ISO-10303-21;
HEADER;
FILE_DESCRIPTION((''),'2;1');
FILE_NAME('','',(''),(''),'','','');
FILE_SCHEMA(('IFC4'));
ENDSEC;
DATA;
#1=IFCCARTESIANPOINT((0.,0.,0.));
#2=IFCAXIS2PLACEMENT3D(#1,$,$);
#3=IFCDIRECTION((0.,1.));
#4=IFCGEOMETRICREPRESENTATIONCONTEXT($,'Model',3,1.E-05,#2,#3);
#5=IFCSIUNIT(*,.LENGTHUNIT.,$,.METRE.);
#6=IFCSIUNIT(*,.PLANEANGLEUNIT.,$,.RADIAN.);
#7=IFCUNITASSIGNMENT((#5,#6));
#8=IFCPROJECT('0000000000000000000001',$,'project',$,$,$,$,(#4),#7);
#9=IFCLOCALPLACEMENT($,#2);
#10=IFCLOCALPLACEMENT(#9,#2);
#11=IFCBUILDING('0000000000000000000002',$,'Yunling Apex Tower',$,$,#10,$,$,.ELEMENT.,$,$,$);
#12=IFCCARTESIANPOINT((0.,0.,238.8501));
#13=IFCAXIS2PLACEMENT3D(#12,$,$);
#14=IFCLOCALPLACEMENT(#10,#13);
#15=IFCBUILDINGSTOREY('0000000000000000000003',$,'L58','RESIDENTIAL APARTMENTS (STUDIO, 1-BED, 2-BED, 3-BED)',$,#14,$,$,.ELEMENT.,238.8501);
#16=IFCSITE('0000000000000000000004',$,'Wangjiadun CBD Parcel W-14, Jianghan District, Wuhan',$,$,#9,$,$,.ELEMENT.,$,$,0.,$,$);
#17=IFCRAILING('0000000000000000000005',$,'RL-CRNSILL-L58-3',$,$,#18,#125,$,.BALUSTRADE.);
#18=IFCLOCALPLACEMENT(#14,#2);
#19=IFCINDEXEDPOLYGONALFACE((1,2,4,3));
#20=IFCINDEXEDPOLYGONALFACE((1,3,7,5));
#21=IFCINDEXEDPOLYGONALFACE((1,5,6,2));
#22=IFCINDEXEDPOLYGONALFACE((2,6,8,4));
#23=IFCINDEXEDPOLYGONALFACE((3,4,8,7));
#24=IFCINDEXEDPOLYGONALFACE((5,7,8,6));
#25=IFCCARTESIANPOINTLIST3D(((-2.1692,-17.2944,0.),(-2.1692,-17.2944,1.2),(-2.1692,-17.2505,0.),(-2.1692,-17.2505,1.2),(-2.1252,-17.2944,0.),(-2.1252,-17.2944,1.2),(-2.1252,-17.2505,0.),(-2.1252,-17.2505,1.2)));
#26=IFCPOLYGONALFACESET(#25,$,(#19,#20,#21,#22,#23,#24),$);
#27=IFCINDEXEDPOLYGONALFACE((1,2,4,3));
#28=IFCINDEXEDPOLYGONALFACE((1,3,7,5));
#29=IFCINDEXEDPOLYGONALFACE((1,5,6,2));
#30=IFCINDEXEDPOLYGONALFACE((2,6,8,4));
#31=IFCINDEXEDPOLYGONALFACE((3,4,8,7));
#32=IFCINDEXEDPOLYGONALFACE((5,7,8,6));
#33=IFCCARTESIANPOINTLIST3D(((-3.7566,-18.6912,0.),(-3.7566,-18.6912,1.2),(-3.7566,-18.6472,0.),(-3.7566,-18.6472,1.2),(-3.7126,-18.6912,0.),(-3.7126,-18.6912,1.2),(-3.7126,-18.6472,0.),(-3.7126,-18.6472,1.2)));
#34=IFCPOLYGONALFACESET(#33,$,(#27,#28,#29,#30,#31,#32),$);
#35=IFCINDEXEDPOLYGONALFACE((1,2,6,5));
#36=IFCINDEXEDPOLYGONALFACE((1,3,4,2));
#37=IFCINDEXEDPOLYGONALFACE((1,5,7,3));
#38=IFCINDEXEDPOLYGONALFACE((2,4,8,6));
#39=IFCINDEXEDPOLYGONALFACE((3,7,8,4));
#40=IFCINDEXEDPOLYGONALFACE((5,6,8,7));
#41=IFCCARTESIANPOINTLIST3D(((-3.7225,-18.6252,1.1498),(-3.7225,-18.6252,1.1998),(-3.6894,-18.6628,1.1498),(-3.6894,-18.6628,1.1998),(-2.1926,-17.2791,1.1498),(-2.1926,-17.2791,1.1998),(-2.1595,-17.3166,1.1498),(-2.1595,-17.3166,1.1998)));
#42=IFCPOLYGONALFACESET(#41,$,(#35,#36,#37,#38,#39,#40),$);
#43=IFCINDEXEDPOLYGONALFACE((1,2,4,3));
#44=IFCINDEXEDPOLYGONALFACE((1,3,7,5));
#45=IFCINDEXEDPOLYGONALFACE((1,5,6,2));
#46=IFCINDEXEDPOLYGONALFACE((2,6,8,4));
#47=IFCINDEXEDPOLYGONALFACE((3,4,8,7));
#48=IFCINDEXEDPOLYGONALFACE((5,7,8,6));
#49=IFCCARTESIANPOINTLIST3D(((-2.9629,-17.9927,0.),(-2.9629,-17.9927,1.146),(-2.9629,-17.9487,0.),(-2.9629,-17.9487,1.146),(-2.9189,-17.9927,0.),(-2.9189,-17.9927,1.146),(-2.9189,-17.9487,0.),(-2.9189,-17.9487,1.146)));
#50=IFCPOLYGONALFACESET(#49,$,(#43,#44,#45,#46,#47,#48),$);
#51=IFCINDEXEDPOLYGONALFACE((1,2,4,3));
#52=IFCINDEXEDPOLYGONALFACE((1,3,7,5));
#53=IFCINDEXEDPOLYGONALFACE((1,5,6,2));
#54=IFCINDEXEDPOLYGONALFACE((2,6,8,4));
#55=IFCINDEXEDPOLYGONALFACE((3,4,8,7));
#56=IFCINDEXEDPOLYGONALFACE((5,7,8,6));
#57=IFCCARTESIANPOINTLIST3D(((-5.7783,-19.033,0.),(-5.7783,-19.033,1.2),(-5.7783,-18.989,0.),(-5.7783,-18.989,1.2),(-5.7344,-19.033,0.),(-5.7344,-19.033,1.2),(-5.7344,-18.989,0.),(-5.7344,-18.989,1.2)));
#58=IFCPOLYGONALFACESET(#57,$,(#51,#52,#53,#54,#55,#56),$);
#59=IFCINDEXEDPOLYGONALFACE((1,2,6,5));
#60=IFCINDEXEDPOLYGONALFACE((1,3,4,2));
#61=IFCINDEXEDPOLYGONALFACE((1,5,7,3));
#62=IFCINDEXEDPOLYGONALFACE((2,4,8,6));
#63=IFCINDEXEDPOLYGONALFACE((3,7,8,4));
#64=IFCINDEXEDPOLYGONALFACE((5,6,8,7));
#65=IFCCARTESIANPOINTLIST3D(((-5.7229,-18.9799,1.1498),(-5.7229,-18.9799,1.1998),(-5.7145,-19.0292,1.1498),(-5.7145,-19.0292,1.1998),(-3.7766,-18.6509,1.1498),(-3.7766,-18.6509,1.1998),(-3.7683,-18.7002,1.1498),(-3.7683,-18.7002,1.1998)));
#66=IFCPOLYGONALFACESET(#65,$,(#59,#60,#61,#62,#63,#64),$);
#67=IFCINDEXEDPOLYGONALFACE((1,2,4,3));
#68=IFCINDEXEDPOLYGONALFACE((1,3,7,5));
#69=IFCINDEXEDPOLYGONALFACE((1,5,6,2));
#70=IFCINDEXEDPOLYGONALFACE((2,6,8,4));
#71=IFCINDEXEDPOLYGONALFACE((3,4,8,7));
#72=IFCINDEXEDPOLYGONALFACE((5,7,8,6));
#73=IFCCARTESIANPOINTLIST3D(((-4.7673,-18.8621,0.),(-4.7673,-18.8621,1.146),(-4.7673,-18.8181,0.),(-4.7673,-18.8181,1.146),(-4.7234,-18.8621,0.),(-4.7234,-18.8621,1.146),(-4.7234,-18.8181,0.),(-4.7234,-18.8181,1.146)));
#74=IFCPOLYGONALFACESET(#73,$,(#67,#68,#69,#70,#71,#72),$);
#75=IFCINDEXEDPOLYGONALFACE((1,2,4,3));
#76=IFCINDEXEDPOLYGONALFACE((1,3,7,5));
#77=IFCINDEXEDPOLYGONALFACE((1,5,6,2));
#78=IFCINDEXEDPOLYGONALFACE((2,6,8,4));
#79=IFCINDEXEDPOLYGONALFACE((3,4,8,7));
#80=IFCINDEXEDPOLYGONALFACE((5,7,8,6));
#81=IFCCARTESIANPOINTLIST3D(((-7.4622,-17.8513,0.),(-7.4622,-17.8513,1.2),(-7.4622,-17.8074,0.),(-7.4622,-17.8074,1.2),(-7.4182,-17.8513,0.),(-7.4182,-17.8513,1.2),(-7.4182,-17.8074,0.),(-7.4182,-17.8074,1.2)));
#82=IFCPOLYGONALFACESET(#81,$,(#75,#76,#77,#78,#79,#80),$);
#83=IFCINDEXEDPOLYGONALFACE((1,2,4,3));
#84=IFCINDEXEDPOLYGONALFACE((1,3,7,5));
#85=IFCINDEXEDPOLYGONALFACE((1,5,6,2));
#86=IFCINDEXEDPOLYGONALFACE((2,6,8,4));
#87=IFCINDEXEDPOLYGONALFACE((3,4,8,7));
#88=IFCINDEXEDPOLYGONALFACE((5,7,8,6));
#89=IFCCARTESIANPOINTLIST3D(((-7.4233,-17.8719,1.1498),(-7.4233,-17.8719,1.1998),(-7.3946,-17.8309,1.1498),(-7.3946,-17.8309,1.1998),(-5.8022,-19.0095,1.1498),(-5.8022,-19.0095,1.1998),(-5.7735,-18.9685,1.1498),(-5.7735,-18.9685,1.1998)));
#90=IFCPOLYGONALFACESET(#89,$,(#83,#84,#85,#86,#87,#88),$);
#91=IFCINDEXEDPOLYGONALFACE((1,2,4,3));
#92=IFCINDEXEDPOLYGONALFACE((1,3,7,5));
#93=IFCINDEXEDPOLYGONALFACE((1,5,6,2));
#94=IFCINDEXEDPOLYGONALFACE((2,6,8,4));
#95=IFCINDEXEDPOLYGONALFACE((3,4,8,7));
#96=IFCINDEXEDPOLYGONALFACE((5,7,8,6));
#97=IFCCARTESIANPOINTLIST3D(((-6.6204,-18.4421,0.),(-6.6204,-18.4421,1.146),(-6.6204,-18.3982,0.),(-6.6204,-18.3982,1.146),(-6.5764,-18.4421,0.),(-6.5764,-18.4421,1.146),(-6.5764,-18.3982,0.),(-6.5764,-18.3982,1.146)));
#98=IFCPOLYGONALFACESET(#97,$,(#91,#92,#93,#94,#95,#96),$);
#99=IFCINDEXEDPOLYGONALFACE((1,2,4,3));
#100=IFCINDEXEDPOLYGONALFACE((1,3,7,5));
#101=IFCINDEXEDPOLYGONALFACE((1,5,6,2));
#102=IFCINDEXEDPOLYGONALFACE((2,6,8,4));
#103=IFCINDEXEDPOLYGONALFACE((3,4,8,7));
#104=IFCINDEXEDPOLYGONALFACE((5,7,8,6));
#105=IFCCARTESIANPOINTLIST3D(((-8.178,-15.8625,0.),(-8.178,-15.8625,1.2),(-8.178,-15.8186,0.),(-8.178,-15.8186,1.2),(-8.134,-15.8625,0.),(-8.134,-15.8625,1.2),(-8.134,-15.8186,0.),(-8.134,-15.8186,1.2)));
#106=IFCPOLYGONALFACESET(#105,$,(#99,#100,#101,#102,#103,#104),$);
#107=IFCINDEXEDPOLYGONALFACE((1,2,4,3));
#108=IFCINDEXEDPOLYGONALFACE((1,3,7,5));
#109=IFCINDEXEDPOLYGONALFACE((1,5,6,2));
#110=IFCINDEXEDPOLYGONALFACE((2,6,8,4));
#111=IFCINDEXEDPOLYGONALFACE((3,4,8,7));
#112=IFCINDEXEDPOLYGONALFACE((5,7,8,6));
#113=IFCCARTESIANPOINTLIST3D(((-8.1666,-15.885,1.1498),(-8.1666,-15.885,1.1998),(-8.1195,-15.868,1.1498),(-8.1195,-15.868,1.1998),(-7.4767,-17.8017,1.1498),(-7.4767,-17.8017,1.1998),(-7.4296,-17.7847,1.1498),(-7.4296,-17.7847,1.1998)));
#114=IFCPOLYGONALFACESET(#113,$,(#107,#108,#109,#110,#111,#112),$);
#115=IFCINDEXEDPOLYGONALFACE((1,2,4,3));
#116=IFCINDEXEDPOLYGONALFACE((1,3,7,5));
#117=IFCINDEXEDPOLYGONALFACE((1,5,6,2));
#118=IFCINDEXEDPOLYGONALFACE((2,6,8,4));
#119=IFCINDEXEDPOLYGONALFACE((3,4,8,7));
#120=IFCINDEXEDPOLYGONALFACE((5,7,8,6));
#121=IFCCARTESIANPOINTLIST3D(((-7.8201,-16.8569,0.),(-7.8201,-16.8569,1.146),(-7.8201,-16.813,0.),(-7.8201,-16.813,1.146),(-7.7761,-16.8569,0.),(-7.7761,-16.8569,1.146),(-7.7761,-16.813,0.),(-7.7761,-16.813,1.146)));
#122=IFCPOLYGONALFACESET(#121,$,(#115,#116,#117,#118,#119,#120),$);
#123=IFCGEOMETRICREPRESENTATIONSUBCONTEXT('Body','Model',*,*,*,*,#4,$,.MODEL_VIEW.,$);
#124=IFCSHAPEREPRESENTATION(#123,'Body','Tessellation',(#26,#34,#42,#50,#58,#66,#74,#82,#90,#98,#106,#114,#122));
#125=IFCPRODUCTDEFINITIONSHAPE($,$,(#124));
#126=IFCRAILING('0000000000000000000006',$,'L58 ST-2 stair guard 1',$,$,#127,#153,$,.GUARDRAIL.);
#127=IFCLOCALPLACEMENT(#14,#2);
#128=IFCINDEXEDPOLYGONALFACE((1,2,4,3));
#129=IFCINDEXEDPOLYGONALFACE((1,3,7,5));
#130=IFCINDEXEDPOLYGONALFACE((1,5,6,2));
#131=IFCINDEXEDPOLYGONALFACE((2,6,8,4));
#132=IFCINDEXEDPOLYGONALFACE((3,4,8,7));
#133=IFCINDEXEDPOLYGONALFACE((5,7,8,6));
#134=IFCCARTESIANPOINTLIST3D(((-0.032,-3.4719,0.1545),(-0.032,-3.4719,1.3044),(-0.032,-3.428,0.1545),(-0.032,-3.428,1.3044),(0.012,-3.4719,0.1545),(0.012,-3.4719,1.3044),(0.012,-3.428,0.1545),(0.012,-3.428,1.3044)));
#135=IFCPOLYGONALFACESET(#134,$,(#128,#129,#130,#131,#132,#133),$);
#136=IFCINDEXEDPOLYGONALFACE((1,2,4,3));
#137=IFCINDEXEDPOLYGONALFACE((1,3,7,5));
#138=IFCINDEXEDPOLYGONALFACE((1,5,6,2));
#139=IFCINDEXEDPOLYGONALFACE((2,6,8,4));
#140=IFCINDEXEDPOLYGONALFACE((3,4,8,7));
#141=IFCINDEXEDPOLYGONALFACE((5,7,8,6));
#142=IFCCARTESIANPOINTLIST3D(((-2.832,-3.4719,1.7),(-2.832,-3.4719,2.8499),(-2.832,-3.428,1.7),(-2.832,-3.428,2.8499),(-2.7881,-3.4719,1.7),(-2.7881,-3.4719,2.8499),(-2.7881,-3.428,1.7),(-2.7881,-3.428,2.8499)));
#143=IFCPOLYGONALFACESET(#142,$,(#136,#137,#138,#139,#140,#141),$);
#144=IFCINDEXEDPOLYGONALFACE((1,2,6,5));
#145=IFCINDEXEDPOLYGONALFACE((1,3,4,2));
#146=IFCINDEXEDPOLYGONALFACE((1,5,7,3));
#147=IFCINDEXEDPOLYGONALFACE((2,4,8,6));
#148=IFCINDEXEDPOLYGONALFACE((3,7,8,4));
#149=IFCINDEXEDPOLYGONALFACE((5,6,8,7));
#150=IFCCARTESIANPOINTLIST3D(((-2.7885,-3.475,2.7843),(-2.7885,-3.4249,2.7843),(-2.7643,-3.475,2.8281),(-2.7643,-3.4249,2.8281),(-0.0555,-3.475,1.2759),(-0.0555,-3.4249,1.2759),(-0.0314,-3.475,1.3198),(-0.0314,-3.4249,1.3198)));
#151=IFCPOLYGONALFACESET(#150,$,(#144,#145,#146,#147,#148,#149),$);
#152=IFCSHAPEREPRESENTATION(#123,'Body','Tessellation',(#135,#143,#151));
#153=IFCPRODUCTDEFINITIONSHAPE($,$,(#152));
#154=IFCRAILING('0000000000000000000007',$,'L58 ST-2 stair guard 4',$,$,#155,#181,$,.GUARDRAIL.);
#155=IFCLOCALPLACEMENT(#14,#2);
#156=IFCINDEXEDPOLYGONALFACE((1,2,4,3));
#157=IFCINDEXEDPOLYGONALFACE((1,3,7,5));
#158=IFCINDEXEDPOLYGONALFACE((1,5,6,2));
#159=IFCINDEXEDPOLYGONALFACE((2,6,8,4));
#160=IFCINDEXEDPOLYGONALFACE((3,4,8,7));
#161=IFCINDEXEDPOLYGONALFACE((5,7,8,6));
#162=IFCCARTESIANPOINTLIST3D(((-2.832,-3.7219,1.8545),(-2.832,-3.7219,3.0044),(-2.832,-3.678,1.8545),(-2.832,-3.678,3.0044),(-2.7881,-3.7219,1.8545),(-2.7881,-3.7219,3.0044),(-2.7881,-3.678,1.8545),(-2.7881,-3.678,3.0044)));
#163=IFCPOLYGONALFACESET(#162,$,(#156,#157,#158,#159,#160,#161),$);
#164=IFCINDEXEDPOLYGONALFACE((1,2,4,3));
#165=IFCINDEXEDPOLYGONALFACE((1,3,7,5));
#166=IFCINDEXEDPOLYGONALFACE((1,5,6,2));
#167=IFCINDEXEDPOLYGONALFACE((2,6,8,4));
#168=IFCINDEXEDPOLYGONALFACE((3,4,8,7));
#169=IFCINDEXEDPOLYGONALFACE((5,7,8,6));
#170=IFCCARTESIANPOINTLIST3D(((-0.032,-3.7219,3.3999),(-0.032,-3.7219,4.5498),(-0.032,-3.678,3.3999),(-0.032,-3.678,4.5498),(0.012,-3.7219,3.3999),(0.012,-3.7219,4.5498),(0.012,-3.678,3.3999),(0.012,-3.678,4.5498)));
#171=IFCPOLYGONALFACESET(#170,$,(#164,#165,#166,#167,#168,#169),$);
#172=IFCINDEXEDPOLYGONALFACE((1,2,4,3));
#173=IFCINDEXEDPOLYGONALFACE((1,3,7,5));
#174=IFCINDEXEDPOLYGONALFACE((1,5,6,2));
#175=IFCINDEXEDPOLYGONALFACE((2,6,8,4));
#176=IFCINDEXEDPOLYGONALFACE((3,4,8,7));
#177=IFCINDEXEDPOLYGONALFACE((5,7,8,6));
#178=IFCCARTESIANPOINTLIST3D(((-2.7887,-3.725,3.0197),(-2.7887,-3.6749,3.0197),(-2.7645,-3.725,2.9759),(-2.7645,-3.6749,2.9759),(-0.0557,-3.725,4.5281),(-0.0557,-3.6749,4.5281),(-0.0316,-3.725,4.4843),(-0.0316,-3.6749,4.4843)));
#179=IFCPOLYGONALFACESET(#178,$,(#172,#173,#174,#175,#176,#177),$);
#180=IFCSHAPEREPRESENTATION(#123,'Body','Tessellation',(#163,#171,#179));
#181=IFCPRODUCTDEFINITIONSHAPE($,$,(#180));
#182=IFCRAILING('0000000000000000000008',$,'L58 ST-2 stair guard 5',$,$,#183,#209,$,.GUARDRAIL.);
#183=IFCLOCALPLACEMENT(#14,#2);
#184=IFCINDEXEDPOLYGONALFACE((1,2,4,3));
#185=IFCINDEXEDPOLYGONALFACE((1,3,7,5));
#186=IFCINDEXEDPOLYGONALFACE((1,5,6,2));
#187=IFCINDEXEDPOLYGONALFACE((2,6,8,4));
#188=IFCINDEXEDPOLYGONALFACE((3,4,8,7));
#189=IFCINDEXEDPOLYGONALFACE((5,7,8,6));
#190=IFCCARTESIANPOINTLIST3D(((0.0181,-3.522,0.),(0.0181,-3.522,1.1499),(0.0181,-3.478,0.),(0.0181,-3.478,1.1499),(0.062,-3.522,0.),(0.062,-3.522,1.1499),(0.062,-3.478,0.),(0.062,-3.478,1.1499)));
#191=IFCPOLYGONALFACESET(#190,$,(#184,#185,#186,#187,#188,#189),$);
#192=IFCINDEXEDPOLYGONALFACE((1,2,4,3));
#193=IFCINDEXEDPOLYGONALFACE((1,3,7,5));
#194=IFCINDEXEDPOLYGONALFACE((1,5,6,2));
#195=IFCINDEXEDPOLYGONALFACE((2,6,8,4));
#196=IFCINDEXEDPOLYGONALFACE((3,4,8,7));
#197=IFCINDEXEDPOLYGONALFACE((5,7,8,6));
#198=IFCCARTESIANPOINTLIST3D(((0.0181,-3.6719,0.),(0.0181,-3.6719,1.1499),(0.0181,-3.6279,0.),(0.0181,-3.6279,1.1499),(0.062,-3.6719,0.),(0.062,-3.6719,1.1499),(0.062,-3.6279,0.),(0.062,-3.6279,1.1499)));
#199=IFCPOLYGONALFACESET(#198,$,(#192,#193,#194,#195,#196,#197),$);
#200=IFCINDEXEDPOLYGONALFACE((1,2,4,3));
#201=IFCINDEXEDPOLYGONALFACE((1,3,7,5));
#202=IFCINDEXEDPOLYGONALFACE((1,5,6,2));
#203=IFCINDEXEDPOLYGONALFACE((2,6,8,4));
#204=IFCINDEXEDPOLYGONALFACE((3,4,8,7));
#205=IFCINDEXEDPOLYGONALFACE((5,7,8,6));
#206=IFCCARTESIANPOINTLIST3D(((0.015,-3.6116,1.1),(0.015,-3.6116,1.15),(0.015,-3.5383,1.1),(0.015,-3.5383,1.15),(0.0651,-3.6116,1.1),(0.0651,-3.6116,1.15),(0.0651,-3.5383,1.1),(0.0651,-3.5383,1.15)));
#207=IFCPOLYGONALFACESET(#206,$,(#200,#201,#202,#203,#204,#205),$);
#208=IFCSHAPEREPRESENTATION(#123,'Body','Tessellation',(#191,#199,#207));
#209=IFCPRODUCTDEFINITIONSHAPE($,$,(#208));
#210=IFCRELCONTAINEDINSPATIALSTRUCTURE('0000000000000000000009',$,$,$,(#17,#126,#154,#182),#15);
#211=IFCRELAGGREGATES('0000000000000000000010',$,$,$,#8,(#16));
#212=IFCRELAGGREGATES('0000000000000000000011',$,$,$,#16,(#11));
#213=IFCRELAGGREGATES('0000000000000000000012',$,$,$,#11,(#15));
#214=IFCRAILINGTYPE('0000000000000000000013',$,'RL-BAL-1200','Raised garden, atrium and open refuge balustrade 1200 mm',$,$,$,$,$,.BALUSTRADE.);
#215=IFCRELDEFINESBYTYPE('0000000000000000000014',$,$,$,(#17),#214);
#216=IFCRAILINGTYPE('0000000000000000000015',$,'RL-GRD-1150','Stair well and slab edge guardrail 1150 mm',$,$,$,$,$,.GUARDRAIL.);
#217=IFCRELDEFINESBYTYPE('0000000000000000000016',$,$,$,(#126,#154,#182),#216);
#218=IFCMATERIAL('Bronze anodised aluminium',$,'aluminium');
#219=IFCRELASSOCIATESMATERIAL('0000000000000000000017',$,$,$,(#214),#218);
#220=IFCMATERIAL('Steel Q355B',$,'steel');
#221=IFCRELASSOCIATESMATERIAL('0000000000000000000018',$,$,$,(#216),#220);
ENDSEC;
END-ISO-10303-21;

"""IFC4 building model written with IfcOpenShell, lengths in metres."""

from ifc_helpers import new_model, si_unit, direction, frame, origin, origin_2d, place, context, subcontext, project, spatial, rectangle, extrude, material, type_object, element, save


model = new_model("IFC4")

# Units and contexts
model_context = context("Model", 3, precision=1e-05, world=origin(), true_north=direction((0.0, 1.0)))
body_context = subcontext(model_context, "Body", "Model", "MODEL_VIEW")
ifc_project = project(units=[si_unit("LENGTHUNIT", "METRE"), si_unit("PLANEANGLEUNIT", "RADIAN")], contexts=[model_context])

# Site, building, storey
site_placement = place(None, origin())
site = spatial("IfcSite", under=ifc_project, at=site_placement, Name="Wangjiadun CBD Parcel W-14, Jianghan District, Wuhan", CompositionType="ELEMENT", RefElevation=0.0)
building_placement = place(site_placement, origin())
building = spatial("IfcBuilding", under=site, at=building_placement, Name="Yunling Apex Tower", CompositionType="ELEMENT")
storey_placement = place(building_placement, frame((0.0, 0.0, 238.8501)))
storey = spatial("IfcBuildingStorey", under=building, at=storey_placement, Name="L58", Description="RESIDENTIAL APARTMENTS (STUDIO, 1-BED, 2-BED, 3-BED)", CompositionType="ELEMENT", Elevation=238.8501)

# Shared definitions
ifc_material_1 = material(Name="Steel Q355B", Category="steel")

# Shared definitions
ifc_material_2 = material(Name="Bronze anodised aluminium", Category="aluminium")

# Railings
railing_type_1 = type_object("IfcRailingType", Name="RL-BAL-1200", Description="Raised garden, atrium and open refuge balustrade 1200 mm", PredefinedType="BALUSTRADE", material=ifc_material_2)
railing_1_placement = place(storey_placement, frame((-2.1472, -17.2725, 0.0)))
element("IfcRailing", 1, at=railing_1_placement, inside=storey, type_object=railing_type_1, Name="RL-CRNSILL-L58-3", PredefinedType="BALUSTRADE", context=body_context, shape_type="SweptSolid", body=[
    extrude(rectangle(XDim=0.0439, YDim=0.0439, at=origin_2d()), origin(), (0.0, 0.0, 1.0), 1.2),
    extrude(rectangle(XDim=0.0439, YDim=0.0439, at=origin_2d()), frame((-1.5874, -1.3967, 0.0)), (0.0, 0.0, 1.0), 1.2),
    extrude(rectangle(XDim=0.05, YDim=0.05, at=origin_2d()), frame((-0.0288, -0.0254, 1.1748), z_axis=(-0.750757, -0.660578, 0.0), x_axis=(0.660578, -0.750757, 0.0)), (0.0, 0.0, 1.0), 2.0378),
    extrude(rectangle(XDim=0.0439, YDim=0.0439, at=origin_2d()), frame((-0.7937, -0.6982, 0.0)), (0.0, 0.0, 1.0), 1.146),
    extrude(rectangle(XDim=0.0439, YDim=0.0439, at=origin_2d()), frame((-3.6091, -1.7385, 0.0)), (0.0, 0.0, 1.0), 1.2),
    extrude(rectangle(XDim=0.05, YDim=0.05, at=origin_2d()), frame((-1.6252, -1.4031, 1.1748), z_axis=(-0.986008, -0.166696, 0.0), x_axis=(0.166696, -0.986008, 0.0)), (0.0, 0.0, 1.0), 1.9739),
    extrude(rectangle(XDim=0.0439, YDim=0.0439, at=origin_2d()), frame((-2.5981, -1.5676, 0.0)), (0.0, 0.0, 1.0), 1.146),
    extrude(rectangle(XDim=0.0439, YDim=0.0439, at=origin_2d()), frame((-5.293, -0.5569, 0.0)), (0.0, 0.0, 1.0), 1.2),
    extrude(rectangle(XDim=0.05, YDim=0.05, at=origin_2d()), frame((-3.6406, -1.7166, 1.1748), z_axis=(-0.818557, 0.574426, 0.0), x_axis=(-0.574426, -0.818557, 0.0)), (0.0, 0.0, 1.0), 1.9805),
    extrude(rectangle(XDim=0.0439, YDim=0.0439, at=origin_2d()), frame((-4.4512, -1.1477, 0.0)), (0.0, 0.0, 1.0), 1.146),
    extrude(rectangle(XDim=0.0439, YDim=0.0439, at=origin_2d()), frame((-6.0088, 1.4319, 0.0)), (0.0, 0.0, 1.0), 1.2),
    extrude(rectangle(XDim=0.05, YDim=0.05, at=origin_2d()), frame((-5.3059, -0.5208, 1.1748), z_axis=(-0.338662, 0.940908, 0.0), x_axis=(-0.940908, -0.338662, 0.0)), (0.0, 0.0, 1.0), 2.0371),
    extrude(rectangle(XDim=0.0439, YDim=0.0439, at=origin_2d()), frame((-5.6509, 0.4375, 0.0)), (0.0, 0.0, 1.0), 1.146),
])
railing_type_2 = type_object("IfcRailingType", Name="RL-GRD-1150", Description="Stair well and slab edge guardrail 1150 mm", PredefinedType="GUARDRAIL", material=ifc_material_1)
railing_2_placement = place(storey_placement, frame((-0.01, -3.45, 0.1545)))
element("IfcRailing", 2, at=railing_2_placement, inside=storey, type_object=railing_type_2, Name="L58 ST-2 stair guard 1", PredefinedType="GUARDRAIL", context=body_context, shape_type="SweptSolid", body=[
    extrude(rectangle(XDim=0.0439, YDim=0.0439, at=origin_2d()), origin(), (0.0, 0.0, 1.0), 1.1499),
    extrude(rectangle(XDim=0.0439, YDim=0.0439, at=origin_2d()), frame((-2.8, 0.0, 1.5454)), (0.0, 0.0, 1.0), 1.1499),
    extrude(rectangle(XDim=0.05, YDim=0.05, at=origin_2d()), frame((-0.0334, 0.0, 1.1433), z_axis=(-0.875504, 0.0, 0.483211), x_axis=(0.0, -1.0, 0.0)), (0.0, 0.0, 1.0), 3.1216),
])
railing_3_placement = place(storey_placement, frame((-2.8101, -3.7, 1.8545)))
element("IfcRailing", 3, at=railing_3_placement, inside=storey, type_object=railing_type_2, Name="L58 ST-2 stair guard 4", PredefinedType="GUARDRAIL", context=body_context, shape_type="SweptSolid", body=[
    extrude(rectangle(XDim=0.0439, YDim=0.0439, at=origin_2d()), origin(), (0.0, 0.0, 1.0), 1.1499),
    extrude(rectangle(XDim=0.0439, YDim=0.0439, at=origin_2d()), frame((2.8, 0.0, 1.5454)), (0.0, 0.0, 1.0), 1.1499),
    extrude(rectangle(XDim=0.05, YDim=0.05, at=origin_2d()), frame((0.0334, 0.0, 1.1433), z_axis=(0.875504, 0.0, 0.483211), x_axis=(0.0, 1.0, 0.0)), (0.0, 0.0, 1.0), 3.1216),
])
railing_4_placement = place(storey_placement, frame((0.04, -3.5, 0.0)))
element("IfcRailing", 4, at=railing_4_placement, inside=storey, type_object=railing_type_2, Name="L58 ST-2 stair guard 5", PredefinedType="GUARDRAIL", context=body_context, shape_type="SweptSolid", body=[
    extrude(rectangle(XDim=0.0439, YDim=0.0439, at=origin_2d()), origin(), (0.0, 0.0, 1.0), 1.1499),
    extrude(rectangle(XDim=0.0439, YDim=0.0439, at=origin_2d()), frame((0.0, -0.1499, 0.0)), (0.0, 0.0, 1.0), 1.1499),
    extrude(rectangle(XDim=0.05, YDim=0.05, at=origin_2d()), frame((0.0, -0.0383, 1.125), z_axis=(0.0, -1.0, 0.0), x_axis=(1.0, 0.0, 0.0)), (0.0, 0.0, 1.0), 0.0732),
])

save(model, "model.ifc")
